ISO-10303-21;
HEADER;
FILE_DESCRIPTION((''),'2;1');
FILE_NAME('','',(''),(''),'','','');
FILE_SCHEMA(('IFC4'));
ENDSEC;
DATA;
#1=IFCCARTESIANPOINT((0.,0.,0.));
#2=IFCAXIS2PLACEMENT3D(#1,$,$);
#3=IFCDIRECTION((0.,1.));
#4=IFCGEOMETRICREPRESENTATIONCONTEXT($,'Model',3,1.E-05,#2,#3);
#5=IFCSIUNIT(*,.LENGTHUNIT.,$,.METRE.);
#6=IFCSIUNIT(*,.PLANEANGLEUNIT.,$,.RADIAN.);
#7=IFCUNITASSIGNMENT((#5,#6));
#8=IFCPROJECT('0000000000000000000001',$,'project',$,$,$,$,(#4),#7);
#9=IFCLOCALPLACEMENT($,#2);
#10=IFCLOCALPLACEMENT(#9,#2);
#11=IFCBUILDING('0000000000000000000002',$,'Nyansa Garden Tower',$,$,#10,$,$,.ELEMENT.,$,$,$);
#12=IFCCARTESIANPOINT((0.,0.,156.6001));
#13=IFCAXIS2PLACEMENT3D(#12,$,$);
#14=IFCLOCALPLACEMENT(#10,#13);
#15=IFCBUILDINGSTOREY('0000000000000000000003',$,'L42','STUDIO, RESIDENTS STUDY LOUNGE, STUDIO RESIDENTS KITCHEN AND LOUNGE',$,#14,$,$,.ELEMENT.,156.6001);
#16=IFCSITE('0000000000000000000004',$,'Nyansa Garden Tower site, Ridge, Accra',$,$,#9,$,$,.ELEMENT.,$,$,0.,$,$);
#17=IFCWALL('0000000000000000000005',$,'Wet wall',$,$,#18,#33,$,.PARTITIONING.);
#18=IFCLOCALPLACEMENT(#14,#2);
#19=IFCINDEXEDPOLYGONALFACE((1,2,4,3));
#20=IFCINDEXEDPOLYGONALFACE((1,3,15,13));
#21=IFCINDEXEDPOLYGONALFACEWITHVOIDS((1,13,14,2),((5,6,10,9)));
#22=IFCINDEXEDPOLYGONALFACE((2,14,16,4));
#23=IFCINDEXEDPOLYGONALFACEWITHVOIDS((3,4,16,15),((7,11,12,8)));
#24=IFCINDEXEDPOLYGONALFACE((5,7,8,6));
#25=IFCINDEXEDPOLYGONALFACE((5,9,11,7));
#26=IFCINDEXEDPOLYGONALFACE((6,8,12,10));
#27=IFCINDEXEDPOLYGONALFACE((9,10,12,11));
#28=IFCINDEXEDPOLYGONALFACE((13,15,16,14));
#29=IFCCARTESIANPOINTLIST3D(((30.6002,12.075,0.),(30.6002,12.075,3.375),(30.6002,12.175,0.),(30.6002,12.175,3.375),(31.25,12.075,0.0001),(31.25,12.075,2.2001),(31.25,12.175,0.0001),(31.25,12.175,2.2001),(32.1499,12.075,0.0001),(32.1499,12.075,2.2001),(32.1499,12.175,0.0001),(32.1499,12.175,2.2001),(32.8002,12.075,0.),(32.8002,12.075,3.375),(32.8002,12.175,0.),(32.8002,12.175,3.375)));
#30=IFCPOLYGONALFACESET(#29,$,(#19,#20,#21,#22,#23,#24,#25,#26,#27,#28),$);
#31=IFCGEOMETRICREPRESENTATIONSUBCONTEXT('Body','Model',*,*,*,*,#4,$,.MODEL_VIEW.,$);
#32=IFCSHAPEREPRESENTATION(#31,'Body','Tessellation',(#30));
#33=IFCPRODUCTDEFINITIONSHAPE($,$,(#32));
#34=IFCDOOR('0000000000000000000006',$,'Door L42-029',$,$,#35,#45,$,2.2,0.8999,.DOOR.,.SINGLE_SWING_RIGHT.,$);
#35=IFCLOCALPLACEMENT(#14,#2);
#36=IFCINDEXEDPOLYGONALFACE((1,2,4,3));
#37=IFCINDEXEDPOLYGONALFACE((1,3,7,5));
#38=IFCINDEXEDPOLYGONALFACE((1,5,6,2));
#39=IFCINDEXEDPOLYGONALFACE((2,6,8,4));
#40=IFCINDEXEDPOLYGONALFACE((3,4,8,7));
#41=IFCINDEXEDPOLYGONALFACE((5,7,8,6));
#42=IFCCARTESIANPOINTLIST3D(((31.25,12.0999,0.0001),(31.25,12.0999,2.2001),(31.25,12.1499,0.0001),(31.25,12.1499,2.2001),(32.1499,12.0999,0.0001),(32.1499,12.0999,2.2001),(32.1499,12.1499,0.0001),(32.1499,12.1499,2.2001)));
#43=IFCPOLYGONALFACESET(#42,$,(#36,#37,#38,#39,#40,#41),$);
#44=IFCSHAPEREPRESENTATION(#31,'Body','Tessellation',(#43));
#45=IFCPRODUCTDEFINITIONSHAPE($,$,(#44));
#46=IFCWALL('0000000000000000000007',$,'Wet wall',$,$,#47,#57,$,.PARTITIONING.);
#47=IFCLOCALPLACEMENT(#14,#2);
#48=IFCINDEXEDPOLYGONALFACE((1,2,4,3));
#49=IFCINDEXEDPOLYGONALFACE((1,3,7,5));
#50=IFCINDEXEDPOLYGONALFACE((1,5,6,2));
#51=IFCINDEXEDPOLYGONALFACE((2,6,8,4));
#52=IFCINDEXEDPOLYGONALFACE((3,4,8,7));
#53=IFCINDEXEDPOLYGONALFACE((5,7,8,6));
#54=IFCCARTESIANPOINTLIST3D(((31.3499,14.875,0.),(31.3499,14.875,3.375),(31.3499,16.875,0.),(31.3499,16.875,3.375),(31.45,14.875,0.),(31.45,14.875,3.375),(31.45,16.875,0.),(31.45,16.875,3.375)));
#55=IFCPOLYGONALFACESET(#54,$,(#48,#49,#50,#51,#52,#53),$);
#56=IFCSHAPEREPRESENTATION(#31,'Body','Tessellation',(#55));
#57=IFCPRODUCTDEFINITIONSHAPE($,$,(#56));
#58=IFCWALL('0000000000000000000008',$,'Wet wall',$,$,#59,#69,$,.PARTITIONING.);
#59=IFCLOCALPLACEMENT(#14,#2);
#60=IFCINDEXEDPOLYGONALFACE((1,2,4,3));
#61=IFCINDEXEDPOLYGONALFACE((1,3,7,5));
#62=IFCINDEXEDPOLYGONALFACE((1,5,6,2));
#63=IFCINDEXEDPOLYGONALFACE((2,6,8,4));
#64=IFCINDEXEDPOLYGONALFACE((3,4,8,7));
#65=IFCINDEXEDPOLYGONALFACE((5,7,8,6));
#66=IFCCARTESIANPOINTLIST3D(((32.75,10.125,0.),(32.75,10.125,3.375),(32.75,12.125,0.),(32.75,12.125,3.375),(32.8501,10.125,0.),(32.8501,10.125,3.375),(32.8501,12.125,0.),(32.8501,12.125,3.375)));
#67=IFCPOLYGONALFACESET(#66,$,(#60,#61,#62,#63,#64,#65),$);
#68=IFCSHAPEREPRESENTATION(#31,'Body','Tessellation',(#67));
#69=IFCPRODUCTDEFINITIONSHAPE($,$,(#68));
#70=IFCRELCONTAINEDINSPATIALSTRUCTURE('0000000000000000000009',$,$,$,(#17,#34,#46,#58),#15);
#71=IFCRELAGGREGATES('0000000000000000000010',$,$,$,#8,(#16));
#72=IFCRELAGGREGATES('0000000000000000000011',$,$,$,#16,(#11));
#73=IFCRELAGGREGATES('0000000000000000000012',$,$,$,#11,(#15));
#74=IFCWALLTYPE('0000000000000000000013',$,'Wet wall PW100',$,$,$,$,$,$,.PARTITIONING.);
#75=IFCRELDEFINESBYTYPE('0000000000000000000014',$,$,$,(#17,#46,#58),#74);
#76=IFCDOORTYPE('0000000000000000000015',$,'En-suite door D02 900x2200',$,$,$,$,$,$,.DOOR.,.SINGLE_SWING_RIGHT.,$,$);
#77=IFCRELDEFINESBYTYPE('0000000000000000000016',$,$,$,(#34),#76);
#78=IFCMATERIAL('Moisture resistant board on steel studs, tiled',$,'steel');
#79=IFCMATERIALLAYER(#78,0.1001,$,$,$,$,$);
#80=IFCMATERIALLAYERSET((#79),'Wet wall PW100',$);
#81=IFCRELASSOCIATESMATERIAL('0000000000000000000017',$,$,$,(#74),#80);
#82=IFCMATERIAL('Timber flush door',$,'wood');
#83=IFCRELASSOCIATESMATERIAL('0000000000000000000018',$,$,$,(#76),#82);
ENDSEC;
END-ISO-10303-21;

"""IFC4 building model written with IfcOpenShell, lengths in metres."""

from ifc_helpers import new_model, si_unit, direction, frame, frame_2d, origin, place, context, subcontext, project, spatial, rectangle, extrude, material, layer, layer_set, type_object, element, fill, save


model = new_model("IFC4")

# Units and contexts
model_context = context("Model", 3, precision=1e-05, world=origin(), true_north=direction((0.0, 1.0)))
body_context = subcontext(model_context, "Body", "Model", "MODEL_VIEW")
ifc_project = project(units=[si_unit("LENGTHUNIT", "METRE"), si_unit("PLANEANGLEUNIT", "RADIAN")], contexts=[model_context])

# Site, building, storey
site_placement = place(None, origin())
site = spatial("IfcSite", under=ifc_project, at=site_placement, Name="Nyansa Garden Tower site, Ridge, Accra", CompositionType="ELEMENT", RefElevation=0.0)
building_placement = place(site_placement, origin())
building = spatial("IfcBuilding", under=site, at=building_placement, Name="Nyansa Garden Tower", CompositionType="ELEMENT")
storey_placement = place(building_placement, frame((0.0, 0.0, 156.6001)))
storey = spatial("IfcBuildingStorey", under=building, at=storey_placement, Name="L42", Description="STUDIO, RESIDENTS STUDY LOUNGE, STUDIO RESIDENTS KITCHEN AND LOUNGE", CompositionType="ELEMENT", Elevation=156.6001)

# Shared definitions
ifc_material_1 = material(Name="Moisture resistant board on steel studs, tiled", Category="steel")
ifc_layer_1 = layer(ifc_material_1, 0.1001)
ifc_layer_set_1 = layer_set([ifc_layer_1], Name="Wet wall PW100")
wall_type_1 = type_object("IfcWallType", Name="Wet wall PW100", PredefinedType="PARTITIONING", material=ifc_layer_set_1)
ifc_material_2 = material(Name="Timber flush door", Category="wood")
door_type_1 = type_object("IfcDoorType", Name="En-suite door D02 900x2200", OperationType="SINGLE_SWING_RIGHT", PredefinedType="DOOR", material=ifc_material_2)

# Wall, opening, door
wall_1_placement = place(storey_placement, frame((30.6001, 12.125, 0.0), z_axis=(0.0, 0.0, 1.0), x_axis=(1.0, 0.0, 0.0)))
wall_1 = element("IfcWall", 1, at=wall_1_placement, inside=storey, type_object=wall_type_1, Name="Wet wall", PredefinedType="PARTITIONING", context=body_context, shape_type="SweptSolid", body=[
    extrude(rectangle(XDim=2.2, YDim=0.1001, at=frame_2d((1.1001, 0.0))), origin(), (0.0, 0.0, 1.0), 3.375),
])
opening_1_placement = place(wall_1_placement, frame((0.6499, 0.0, 0.0)))
opening_1 = element("IfcOpeningElement", 2, at=opening_1_placement, cuts=wall_1, PredefinedType="OPENING", context=body_context, shape_type="SweptSolid", body=[
    extrude(rectangle(XDim=0.8999, YDim=2.2, at=frame_2d((0.45, 1.1001))), frame((0.0, 0.0601, 0.0), z_axis=(0.0, -1.0, 0.0), x_axis=(1.0, 0.0, 0.0)), (0.0, 0.0, 1.0), 0.1201),
])
door_1_placement = place(opening_1_placement, origin())
door_1 = element("IfcDoor", 3, at=door_1_placement, inside=storey, type_object=door_type_1, Name="Door L42-029", OperationType="SINGLE_SWING_RIGHT", OverallHeight=2.2, OverallWidth=0.8999, PredefinedType="DOOR", context=body_context, shape_type="SweptSolid", body=[
    extrude(rectangle(XDim=0.8999, YDim=2.2, at=frame_2d((0.45, 1.1001))), frame((0.0, 0.0249, 0.0), z_axis=(0.0, -1.0, 0.0), x_axis=(1.0, 0.0, 0.0)), (0.0, 0.0, 1.0), 0.05),
])
fill(opening_1, door_1)

# Walls
for number, where, z_axis, x_axis, name in (
    (4, (31.3999, 14.875, 0.0), (0.0, 0.0, 1.0), (0.0, 1.0, 0.0), "Wet wall"),
    (5, (32.8, 10.125, 0.0), (0.0, 0.0, 1.0), (0.0, 1.0, 0.0), "Wet wall"),
):
    element("IfcWall", number, at=place(storey_placement, frame(where, z_axis=z_axis, x_axis=x_axis)), inside=storey, type_object=wall_type_1, Name=name, PredefinedType="PARTITIONING", context=body_context, shape_type="SweptSolid", body=[
        extrude(rectangle(XDim=2.0, YDim=0.1001, at=frame_2d((1.0, 0.0))), origin(), (0.0, 0.0, 1.0), 3.375),
    ])

save(model, "model.ifc")
